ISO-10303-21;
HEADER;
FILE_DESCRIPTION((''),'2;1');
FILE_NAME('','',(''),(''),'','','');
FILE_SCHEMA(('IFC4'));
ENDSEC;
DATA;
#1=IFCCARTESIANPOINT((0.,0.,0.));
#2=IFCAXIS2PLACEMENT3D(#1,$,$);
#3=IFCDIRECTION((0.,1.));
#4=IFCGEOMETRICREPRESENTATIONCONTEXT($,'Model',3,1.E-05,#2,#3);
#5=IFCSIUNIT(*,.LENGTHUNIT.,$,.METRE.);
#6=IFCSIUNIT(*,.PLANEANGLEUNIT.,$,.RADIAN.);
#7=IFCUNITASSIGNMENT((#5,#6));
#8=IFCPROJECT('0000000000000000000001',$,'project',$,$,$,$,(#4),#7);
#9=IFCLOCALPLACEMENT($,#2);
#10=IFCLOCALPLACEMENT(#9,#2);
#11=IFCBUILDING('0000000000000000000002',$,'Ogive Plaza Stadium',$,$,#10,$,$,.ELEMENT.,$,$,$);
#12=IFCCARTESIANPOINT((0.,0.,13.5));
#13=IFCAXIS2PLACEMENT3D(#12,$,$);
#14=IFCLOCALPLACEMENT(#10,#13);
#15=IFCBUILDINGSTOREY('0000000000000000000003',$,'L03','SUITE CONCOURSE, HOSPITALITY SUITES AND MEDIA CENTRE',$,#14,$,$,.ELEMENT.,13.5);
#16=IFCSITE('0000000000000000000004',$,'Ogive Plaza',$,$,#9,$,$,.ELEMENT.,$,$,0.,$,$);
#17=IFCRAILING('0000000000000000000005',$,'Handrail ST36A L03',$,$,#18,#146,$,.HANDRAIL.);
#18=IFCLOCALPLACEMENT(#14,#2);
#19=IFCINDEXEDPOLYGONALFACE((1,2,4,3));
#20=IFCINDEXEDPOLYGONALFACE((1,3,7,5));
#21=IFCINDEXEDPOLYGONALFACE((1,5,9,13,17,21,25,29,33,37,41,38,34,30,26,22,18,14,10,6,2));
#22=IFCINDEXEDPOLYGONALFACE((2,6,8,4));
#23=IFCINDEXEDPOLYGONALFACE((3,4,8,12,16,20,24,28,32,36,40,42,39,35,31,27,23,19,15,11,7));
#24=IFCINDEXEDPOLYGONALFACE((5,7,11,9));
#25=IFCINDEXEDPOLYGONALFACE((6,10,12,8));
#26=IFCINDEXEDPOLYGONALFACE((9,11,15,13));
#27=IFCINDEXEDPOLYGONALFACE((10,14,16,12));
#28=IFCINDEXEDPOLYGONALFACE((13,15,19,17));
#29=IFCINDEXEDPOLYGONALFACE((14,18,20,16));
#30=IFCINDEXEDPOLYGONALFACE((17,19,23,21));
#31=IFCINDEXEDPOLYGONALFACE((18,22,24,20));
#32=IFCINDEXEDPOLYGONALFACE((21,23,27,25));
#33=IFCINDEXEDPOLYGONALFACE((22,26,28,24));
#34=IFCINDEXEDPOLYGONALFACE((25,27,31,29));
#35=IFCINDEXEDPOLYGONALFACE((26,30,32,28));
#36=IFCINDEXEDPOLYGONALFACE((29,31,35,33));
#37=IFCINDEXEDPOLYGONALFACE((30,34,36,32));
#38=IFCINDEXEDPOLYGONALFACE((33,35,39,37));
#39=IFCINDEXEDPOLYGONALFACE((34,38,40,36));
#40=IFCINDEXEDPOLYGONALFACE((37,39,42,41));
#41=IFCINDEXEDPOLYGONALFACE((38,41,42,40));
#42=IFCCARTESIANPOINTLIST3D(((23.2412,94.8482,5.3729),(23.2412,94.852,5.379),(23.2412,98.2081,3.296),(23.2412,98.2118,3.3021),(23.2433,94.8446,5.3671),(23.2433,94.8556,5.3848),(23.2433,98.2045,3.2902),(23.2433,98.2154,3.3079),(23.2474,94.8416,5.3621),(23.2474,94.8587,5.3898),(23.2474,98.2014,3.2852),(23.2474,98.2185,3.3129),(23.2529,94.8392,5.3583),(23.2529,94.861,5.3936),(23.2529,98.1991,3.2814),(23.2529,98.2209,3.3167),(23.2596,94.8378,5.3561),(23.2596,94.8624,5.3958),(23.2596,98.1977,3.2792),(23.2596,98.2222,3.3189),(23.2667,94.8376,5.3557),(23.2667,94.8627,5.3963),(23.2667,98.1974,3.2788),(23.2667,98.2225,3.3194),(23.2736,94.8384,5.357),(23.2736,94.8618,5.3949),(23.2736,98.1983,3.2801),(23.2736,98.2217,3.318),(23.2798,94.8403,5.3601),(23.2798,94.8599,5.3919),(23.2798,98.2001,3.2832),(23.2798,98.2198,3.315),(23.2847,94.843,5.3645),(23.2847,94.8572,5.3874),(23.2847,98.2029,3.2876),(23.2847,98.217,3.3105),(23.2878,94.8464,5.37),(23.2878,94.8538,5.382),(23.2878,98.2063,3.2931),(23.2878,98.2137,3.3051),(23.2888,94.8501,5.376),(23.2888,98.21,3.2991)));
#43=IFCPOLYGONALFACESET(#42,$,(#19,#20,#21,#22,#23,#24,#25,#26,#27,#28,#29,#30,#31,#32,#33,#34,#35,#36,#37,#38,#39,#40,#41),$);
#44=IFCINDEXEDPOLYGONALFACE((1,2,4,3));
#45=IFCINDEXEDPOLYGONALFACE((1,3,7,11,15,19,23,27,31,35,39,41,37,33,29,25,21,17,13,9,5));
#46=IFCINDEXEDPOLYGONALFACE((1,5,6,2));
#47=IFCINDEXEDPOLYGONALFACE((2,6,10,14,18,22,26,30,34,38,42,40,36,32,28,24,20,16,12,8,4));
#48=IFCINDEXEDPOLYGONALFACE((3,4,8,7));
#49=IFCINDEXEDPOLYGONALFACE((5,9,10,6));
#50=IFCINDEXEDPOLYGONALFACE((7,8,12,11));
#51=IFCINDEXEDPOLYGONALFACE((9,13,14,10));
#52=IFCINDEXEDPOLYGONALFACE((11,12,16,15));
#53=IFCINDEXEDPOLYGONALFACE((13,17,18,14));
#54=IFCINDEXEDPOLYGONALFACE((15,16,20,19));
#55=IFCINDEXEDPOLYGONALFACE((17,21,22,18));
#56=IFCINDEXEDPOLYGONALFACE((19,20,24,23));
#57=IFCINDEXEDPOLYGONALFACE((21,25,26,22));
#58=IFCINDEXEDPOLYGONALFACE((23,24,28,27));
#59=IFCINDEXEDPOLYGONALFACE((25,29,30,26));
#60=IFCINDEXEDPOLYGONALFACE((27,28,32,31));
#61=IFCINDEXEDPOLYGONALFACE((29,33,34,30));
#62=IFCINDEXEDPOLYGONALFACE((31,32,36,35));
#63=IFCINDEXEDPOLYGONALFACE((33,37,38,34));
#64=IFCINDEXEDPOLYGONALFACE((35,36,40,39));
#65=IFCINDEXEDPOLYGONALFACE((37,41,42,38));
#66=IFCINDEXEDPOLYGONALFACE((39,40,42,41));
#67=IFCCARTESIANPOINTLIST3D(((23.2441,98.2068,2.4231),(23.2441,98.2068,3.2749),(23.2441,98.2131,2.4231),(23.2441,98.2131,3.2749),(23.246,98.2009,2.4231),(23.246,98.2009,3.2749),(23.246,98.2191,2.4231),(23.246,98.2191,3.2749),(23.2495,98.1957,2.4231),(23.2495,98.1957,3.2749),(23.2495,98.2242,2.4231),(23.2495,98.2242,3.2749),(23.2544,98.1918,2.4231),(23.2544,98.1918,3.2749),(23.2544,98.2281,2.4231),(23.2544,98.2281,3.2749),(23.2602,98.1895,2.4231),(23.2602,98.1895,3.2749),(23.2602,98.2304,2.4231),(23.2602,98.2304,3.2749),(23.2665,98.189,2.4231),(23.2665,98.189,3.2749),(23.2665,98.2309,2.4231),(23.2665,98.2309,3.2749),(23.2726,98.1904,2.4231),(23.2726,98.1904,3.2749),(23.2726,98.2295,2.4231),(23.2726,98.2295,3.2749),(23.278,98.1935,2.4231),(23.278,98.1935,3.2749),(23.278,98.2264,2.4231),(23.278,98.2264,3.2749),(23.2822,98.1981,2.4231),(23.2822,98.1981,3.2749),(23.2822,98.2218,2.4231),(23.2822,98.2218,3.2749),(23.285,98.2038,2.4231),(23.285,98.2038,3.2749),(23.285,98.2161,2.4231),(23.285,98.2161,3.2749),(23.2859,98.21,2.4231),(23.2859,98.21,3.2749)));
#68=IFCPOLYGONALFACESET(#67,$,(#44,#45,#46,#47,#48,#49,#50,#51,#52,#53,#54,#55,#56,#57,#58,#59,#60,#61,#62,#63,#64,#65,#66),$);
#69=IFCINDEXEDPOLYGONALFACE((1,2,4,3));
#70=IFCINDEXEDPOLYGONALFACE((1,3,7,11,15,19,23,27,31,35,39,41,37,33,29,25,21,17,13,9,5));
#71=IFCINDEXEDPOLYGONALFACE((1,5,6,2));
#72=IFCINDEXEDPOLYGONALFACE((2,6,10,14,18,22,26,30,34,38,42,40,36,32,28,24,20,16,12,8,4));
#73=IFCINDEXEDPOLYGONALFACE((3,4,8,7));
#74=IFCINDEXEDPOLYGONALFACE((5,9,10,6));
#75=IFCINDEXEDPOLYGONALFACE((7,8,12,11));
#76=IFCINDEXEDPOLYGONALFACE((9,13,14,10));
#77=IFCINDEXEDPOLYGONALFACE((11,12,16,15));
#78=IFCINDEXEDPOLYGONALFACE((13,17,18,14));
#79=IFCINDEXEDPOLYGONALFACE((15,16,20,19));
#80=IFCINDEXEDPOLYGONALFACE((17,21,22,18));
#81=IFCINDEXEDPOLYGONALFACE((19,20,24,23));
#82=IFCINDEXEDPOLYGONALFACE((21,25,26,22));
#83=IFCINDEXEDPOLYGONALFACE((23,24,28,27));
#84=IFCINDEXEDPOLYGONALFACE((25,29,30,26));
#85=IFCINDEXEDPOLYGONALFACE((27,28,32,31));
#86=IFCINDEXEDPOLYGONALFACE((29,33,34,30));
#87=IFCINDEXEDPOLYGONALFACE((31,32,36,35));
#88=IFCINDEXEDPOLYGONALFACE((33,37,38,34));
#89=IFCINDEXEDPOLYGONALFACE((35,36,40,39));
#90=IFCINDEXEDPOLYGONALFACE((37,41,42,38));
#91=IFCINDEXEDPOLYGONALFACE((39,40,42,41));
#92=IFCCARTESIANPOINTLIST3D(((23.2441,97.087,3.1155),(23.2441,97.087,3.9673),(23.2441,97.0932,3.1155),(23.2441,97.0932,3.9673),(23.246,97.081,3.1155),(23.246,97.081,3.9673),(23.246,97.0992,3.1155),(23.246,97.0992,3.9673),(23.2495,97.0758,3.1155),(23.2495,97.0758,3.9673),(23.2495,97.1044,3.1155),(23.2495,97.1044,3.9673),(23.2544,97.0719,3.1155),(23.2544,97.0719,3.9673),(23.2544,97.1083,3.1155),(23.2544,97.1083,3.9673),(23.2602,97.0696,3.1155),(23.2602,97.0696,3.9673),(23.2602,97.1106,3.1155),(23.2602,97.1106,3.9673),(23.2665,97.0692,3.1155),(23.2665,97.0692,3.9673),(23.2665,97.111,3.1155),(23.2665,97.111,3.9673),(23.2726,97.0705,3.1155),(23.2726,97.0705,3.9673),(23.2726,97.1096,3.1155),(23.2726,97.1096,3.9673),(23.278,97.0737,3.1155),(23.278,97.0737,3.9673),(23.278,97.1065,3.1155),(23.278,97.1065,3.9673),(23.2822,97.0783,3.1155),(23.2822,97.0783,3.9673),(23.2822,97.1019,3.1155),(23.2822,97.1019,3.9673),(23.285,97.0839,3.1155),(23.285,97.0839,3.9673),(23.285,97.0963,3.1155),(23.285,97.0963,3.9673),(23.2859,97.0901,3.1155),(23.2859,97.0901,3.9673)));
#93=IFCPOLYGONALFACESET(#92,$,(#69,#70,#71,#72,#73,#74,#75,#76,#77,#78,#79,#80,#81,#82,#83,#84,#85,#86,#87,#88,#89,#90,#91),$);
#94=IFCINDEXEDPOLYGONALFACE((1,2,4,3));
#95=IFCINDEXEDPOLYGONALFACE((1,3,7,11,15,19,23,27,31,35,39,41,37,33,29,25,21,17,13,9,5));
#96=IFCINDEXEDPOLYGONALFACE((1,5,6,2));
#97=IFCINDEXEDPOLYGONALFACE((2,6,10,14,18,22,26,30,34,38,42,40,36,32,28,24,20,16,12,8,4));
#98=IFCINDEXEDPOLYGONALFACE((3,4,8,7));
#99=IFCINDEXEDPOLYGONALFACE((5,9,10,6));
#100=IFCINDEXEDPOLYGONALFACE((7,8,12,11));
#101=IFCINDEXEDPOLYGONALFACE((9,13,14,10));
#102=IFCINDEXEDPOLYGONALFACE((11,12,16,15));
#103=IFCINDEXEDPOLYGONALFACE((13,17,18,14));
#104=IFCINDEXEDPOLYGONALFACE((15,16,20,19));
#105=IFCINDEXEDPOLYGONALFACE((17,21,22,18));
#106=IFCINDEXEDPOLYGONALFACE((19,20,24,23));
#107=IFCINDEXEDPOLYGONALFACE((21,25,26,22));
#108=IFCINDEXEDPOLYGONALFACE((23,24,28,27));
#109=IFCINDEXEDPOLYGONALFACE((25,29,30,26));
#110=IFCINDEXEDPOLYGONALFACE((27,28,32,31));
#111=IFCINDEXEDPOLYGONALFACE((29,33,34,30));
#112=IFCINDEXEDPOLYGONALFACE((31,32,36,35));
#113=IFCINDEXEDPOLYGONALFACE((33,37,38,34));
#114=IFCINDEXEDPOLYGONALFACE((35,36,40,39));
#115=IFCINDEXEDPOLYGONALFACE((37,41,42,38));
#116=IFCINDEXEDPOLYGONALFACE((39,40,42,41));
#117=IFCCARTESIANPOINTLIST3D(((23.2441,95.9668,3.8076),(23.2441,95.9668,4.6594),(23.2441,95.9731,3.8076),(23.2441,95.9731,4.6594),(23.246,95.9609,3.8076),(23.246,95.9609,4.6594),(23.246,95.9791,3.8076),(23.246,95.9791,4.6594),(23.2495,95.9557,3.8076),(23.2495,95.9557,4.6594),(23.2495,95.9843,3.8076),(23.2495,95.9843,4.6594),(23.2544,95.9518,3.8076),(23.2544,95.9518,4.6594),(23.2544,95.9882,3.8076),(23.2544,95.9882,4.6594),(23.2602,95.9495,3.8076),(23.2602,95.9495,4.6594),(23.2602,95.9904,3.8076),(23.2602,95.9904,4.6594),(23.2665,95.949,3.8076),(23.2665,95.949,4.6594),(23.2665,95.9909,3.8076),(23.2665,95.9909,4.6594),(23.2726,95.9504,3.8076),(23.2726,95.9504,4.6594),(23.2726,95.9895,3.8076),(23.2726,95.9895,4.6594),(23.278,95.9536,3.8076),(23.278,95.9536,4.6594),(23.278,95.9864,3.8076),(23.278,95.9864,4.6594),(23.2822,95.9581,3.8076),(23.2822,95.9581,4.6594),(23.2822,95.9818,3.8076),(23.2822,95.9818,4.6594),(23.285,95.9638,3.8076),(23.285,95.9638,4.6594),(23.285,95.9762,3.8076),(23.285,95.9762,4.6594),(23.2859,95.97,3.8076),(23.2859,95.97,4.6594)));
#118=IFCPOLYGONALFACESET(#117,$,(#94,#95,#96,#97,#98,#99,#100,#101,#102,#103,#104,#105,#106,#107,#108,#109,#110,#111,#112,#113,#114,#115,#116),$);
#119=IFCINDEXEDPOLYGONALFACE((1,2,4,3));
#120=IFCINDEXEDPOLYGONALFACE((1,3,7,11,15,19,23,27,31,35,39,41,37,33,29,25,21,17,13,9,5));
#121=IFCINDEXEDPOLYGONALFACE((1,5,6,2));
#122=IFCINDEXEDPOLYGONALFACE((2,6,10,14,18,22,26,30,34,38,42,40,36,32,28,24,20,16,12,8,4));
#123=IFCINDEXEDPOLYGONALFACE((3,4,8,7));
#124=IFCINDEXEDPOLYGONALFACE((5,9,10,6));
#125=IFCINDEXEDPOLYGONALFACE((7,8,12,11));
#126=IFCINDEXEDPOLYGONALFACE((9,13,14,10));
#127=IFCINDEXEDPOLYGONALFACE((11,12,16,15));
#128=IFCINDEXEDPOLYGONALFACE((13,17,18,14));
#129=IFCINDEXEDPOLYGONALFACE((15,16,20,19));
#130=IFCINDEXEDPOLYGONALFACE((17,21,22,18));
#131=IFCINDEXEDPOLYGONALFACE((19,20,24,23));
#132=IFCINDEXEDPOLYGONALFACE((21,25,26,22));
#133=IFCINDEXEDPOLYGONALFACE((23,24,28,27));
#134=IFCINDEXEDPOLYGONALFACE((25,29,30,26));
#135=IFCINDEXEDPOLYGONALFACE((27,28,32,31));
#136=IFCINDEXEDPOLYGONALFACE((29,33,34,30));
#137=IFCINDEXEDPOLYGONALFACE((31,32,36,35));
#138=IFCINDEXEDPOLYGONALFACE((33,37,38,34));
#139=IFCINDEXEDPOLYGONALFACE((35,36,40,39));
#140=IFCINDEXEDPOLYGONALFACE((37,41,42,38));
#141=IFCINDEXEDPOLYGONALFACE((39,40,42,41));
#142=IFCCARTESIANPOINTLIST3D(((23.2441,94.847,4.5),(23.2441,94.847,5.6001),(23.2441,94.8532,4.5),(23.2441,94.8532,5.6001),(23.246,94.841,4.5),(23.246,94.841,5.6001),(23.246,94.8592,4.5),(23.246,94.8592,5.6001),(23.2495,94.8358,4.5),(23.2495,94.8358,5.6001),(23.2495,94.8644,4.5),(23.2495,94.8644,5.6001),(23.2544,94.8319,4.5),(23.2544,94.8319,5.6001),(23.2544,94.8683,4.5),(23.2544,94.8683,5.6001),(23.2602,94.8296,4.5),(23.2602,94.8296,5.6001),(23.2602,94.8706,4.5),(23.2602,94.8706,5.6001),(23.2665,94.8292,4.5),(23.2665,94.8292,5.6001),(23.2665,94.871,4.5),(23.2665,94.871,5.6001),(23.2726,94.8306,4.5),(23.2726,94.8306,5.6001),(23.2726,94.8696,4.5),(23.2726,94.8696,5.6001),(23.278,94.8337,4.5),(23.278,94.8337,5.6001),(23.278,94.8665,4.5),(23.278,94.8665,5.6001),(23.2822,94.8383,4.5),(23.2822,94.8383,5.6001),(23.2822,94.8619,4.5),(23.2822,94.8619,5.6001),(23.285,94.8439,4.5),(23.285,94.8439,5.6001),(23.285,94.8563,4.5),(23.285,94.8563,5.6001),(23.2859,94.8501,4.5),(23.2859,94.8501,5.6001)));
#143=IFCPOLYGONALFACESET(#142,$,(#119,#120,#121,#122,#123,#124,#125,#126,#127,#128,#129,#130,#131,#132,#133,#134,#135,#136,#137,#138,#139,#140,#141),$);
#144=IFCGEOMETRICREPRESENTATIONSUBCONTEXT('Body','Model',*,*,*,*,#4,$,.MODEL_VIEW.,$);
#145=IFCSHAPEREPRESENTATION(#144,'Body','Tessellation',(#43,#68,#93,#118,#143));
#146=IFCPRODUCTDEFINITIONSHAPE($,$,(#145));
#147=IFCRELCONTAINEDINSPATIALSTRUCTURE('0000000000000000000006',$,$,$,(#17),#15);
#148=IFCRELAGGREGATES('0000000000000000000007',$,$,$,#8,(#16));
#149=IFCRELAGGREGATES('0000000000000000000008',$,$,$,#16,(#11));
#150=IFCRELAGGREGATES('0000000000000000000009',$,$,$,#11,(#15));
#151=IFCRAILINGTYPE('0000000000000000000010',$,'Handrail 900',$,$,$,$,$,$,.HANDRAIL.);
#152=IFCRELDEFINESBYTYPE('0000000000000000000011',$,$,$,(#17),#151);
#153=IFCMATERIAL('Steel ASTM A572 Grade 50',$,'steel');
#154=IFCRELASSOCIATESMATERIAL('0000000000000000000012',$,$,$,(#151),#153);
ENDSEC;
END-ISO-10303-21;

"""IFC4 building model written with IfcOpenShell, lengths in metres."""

from ifc_helpers import new_model, si_unit, direction, frame, origin, origin_2d, place, context, subcontext, project, spatial, circle, extrude, material, type_object, element, save


model = new_model("IFC4")

# Units and contexts
model_context = context("Model", 3, precision=1e-05, world=origin(), true_north=direction((0.0, 1.0)))
body_context = subcontext(model_context, "Body", "Model", "MODEL_VIEW")
ifc_project = project(units=[si_unit("LENGTHUNIT", "METRE"), si_unit("PLANEANGLEUNIT", "RADIAN")], contexts=[model_context])

# Site, building, storey
site_placement = place(None, origin())
site = spatial("IfcSite", under=ifc_project, at=site_placement, Name="Ogive Plaza", CompositionType="ELEMENT", RefElevation=0.0)
building_placement = place(site_placement, origin())
building = spatial("IfcBuilding", under=site, at=building_placement, Name="Ogive Plaza Stadium", CompositionType="ELEMENT")
storey_placement = place(building_placement, frame((0.0, 0.0, 13.5)))
storey = spatial("IfcBuildingStorey", under=building, at=storey_placement, Name="L03", Description="SUITE CONCOURSE, HOSPITALITY SUITES AND MEDIA CENTRE", CompositionType="ELEMENT", Elevation=13.5)

# Railing
ifc_material_1 = material(Name="Steel ASTM A572 Grade 50", Category="steel")
railing_type_1 = type_object("IfcRailingType", Name="Handrail 900", PredefinedType="HANDRAIL", material=ifc_material_1)
railing_placement = place(storey_placement, frame((23.2649, 98.21, 2.4231)))
element("IfcRailing", 1, at=railing_placement, inside=storey, type_object=railing_type_1, Name="Handrail ST36A L03", PredefinedType="HANDRAIL", context=body_context, shape_type="SweptSolid", body=[
    extrude(circle(Radius=0.0239, at=origin_2d()), frame((0.0, 0.0, 0.876), z_axis=(0.0, -0.850606, 0.525803), x_axis=(1.0, 0.0, 0.0)), (0.0, 0.0, 1.0), 3.95),
    extrude(circle(Radius=0.021, at=origin_2d()), origin(), (0.0, 0.0, 1.0), 0.8518),
    extrude(circle(Radius=0.021, at=origin_2d()), frame((0.0, -1.1199, 0.6924)), (0.0, 0.0, 1.0), 0.8518),
    extrude(circle(Radius=0.021, at=origin_2d()), frame((0.0, -2.24, 1.3845)), (0.0, 0.0, 1.0), 0.8518),
    extrude(circle(Radius=0.021, at=origin_2d()), frame((0.0, -3.3599, 2.0769)), (0.0, 0.0, 1.0), 1.1001),
])

save(model, "model.ifc")
